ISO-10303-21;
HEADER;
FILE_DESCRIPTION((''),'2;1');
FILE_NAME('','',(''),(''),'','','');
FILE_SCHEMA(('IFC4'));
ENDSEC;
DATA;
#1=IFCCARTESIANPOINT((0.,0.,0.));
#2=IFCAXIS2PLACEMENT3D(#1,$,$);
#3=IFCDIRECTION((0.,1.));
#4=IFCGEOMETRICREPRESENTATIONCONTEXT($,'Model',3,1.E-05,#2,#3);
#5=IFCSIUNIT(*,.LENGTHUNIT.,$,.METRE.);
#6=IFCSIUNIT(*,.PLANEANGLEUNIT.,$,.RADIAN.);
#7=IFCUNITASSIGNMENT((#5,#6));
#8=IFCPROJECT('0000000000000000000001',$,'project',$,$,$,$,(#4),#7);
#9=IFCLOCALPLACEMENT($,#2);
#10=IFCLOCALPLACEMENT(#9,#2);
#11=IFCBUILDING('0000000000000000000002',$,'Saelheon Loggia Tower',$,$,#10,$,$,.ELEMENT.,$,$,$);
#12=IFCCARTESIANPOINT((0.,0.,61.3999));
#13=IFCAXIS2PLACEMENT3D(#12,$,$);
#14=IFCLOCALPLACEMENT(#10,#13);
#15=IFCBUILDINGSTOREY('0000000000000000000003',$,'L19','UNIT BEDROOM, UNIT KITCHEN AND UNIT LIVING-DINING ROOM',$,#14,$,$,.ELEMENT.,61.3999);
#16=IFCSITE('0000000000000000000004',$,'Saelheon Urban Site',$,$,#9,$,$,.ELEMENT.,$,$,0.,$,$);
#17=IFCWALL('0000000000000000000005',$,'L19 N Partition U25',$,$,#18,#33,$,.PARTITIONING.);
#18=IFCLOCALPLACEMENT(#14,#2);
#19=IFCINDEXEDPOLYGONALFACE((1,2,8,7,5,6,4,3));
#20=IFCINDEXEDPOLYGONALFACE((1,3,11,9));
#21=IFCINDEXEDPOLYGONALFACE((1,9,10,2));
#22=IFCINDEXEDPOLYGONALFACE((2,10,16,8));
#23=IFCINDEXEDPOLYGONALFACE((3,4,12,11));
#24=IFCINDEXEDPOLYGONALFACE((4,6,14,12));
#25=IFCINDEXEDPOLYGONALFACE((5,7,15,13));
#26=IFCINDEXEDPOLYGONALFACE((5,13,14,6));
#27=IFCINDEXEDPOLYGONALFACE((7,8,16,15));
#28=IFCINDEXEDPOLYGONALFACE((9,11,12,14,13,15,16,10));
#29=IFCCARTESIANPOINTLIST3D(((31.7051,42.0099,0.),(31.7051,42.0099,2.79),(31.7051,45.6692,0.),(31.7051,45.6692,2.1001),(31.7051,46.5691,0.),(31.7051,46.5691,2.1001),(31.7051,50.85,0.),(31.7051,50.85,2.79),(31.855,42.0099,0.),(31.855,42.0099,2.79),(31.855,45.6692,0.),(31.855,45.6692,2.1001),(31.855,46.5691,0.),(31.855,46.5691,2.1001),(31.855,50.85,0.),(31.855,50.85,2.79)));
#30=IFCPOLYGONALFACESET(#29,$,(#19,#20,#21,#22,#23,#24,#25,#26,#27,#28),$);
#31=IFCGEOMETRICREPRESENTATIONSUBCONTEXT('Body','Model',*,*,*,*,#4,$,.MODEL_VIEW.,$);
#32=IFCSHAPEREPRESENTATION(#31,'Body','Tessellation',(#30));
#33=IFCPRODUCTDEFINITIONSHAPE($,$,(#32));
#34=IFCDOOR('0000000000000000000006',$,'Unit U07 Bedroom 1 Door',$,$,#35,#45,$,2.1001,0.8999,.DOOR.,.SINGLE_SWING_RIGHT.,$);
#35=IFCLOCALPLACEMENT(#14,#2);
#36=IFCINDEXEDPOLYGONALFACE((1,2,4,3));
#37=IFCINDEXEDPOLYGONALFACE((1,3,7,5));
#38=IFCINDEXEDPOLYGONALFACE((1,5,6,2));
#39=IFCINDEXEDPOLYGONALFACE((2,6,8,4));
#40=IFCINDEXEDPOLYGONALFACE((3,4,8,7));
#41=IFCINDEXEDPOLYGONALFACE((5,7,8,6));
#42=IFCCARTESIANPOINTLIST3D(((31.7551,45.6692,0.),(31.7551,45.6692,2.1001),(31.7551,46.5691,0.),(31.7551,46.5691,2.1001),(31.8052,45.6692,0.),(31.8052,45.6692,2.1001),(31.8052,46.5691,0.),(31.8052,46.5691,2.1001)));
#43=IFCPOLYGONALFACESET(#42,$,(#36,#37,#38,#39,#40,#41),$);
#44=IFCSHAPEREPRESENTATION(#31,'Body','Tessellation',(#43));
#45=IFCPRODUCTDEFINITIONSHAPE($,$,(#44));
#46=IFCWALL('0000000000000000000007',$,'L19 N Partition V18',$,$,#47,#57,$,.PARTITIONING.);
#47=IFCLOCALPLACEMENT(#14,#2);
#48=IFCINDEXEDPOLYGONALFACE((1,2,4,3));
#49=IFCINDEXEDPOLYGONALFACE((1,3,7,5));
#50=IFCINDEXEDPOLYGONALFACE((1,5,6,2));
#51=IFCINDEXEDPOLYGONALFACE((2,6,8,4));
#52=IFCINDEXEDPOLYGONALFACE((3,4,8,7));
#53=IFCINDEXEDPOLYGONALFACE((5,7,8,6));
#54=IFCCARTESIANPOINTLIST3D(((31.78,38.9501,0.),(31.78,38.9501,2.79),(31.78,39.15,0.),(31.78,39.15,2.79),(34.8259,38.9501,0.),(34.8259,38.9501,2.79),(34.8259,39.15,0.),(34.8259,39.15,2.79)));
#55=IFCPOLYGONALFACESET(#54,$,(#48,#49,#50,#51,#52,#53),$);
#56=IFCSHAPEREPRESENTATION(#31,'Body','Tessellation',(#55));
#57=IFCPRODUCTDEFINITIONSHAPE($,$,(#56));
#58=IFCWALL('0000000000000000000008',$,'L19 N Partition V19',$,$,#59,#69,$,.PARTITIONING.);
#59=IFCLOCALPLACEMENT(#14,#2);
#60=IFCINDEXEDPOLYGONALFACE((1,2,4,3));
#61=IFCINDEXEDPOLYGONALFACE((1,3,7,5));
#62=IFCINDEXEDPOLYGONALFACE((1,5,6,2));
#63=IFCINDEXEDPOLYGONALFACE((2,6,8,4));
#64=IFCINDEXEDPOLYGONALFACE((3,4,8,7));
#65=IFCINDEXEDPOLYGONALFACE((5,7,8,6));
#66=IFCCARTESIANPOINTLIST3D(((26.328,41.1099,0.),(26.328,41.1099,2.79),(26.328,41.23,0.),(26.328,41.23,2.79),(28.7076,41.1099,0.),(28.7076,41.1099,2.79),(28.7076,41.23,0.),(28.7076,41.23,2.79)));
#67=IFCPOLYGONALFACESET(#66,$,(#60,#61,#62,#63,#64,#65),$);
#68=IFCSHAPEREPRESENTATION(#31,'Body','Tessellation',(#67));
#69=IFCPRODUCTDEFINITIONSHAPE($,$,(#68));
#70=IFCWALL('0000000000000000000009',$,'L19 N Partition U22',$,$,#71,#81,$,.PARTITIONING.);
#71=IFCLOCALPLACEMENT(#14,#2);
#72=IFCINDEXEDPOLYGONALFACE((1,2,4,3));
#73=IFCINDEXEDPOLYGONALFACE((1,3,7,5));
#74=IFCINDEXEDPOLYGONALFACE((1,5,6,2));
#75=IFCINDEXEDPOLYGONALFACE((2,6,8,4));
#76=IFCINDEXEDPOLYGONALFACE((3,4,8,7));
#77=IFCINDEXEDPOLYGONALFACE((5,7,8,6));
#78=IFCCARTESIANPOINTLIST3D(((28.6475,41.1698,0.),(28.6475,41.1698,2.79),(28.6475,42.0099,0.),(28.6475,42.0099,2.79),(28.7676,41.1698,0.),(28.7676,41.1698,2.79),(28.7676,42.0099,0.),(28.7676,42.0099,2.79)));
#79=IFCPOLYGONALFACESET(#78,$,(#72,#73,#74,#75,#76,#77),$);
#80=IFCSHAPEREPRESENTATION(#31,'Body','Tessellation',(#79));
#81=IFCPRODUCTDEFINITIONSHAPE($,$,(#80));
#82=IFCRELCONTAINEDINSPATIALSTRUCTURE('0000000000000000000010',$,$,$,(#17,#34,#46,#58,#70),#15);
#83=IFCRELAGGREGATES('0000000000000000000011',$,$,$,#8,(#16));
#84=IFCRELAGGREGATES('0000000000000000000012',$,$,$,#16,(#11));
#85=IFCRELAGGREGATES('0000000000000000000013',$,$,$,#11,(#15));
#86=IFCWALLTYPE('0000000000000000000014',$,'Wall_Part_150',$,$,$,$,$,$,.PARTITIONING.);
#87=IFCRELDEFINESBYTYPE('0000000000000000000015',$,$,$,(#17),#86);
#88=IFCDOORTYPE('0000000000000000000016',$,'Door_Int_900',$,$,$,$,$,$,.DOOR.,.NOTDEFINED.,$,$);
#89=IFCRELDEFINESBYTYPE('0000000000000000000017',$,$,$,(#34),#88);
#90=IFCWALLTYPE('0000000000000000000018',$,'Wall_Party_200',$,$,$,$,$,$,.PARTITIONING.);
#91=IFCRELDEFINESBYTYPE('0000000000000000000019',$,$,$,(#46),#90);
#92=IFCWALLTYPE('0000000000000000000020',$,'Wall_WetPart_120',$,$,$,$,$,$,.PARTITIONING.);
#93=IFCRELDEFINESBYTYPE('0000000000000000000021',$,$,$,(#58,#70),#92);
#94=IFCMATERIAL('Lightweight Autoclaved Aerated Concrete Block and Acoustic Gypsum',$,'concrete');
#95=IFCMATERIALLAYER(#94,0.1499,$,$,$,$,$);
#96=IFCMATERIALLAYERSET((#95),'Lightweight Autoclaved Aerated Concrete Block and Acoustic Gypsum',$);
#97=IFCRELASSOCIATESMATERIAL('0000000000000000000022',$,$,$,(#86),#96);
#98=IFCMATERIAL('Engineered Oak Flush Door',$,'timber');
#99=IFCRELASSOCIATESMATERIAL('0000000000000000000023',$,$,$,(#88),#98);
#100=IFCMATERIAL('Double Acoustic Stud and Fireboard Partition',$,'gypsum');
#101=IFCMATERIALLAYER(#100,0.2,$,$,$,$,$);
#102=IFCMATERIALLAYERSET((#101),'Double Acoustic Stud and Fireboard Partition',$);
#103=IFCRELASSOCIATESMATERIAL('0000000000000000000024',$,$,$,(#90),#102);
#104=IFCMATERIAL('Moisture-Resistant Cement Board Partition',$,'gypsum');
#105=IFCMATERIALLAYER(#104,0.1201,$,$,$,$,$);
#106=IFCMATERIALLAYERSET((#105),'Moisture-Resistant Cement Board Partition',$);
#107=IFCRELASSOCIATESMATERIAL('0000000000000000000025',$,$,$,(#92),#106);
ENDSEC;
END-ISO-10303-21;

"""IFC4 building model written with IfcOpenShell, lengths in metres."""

from ifc_helpers import new_model, si_unit, direction, frame, frame_2d, origin, place, context, subcontext, project, spatial, rectangle, extrude, source, transform, mapped, material, layer, layer_set, type_object, element, fill, save


model = new_model("IFC4")

# Units and contexts
model_context = context("Model", 3, precision=1e-05, world=origin(), true_north=direction((0.0, 1.0)))
body_context = subcontext(model_context, "Body", "Model", "MODEL_VIEW")
ifc_project = project(units=[si_unit("LENGTHUNIT", "METRE"), si_unit("PLANEANGLEUNIT", "RADIAN")], contexts=[model_context])

# Site, building, storey
site_placement = place(None, origin())
site = spatial("IfcSite", under=ifc_project, at=site_placement, Name="Saelheon Urban Site", CompositionType="ELEMENT", RefElevation=0.0)
building_placement = place(site_placement, origin())
building = spatial("IfcBuilding", under=site, at=building_placement, Name="Saelheon Loggia Tower", CompositionType="ELEMENT")
storey_placement = place(building_placement, frame((0.0, 0.0, 61.3999)))
storey = spatial("IfcBuildingStorey", under=building, at=storey_placement, Name="L19", Description="UNIT BEDROOM, UNIT KITCHEN AND UNIT LIVING-DINING ROOM", CompositionType="ELEMENT", Elevation=61.3999)

# Shared definitions
ifc_material_1 = material(Name="Lightweight Autoclaved Aerated Concrete Block and Acoustic Gypsum", Category="concrete")
ifc_layer_1 = layer(ifc_material_1, 0.1499)
ifc_layer_set_1 = layer_set([ifc_layer_1], Name="Lightweight Autoclaved Aerated Concrete Block and Acoustic Gypsum")
wall_type_1 = type_object("IfcWallType", Name="Wall_Part_150", PredefinedType="PARTITIONING", material=ifc_layer_set_1)

# Wall, opening, door
ifc_material_2 = material(Name="Engineered Oak Flush Door", Category="timber")
door_type = type_object("IfcDoorType", Name="Door_Int_900", OperationType="NOTDEFINED", PredefinedType="DOOR", material=ifc_material_2)
shared_shape_1 = source(origin(), body_context, "Body", "SweptSolid", [
    extrude(rectangle(XDim=0.8999, YDim=2.1001, at=frame_2d((0.45, 1.05))), frame((0.0, 0.0249, 0.0), z_axis=(0.0, -1.0, 0.0), x_axis=(1.0, 0.0, 0.0)), (0.0, 0.0, 1.0), 0.05),
])
wall_1_placement = place(storey_placement, frame((31.78, 42.01, 0.0), z_axis=(0.0, 0.0, 1.0), x_axis=(0.0, 1.0, 0.0)))
wall_1 = element("IfcWall", 1, at=wall_1_placement, inside=storey, type_object=wall_type_1, Name="L19 N Partition U25", PredefinedType="PARTITIONING", context=body_context, shape_type="SweptSolid", body=[
    extrude(rectangle(XDim=8.8401, YDim=0.1499, at=frame_2d((4.4199, 0.0))), origin(), (0.0, 0.0, 1.0), 2.79),
])
opening_1_placement = place(wall_1_placement, frame((3.6592, 0.0, 0.0)))
opening_1 = element("IfcOpeningElement", 2, at=opening_1_placement, cuts=wall_1, PredefinedType="OPENING", context=body_context, shape_type="SweptSolid", body=[
    extrude(rectangle(XDim=0.8999, YDim=2.1001, at=frame_2d((0.45, 1.05))), frame((0.0, 0.0869, 0.0), z_axis=(0.0, -1.0, 0.0), x_axis=(1.0, 0.0, 0.0)), (0.0, 0.0, 1.0), 0.1738),
])
door_1_placement = place(opening_1_placement, origin())
door_1 = element("IfcDoor", 3, at=door_1_placement, inside=storey, type_object=door_type, Name="Unit U07 Bedroom 1 Door", OperationType="SINGLE_SWING_RIGHT", OverallHeight=2.1001, OverallWidth=0.8999, PredefinedType="DOOR", context=body_context, shape_type="MappedRepresentation", body=[
    mapped(shared_shape_1, transform((0.0, 0.0, 0.0), scale=1.0)),
])
fill(opening_1, door_1)

# Walls
ifc_material_3 = material(Name="Double Acoustic Stud and Fireboard Partition", Category="gypsum")
ifc_layer_2 = layer(ifc_material_3, 0.2)
ifc_layer_set_2 = layer_set([ifc_layer_2], Name="Double Acoustic Stud and Fireboard Partition")
wall_type_2 = type_object("IfcWallType", Name="Wall_Party_200", PredefinedType="PARTITIONING", material=ifc_layer_set_2)
wall_2_placement = place(storey_placement, frame((31.78, 39.05, 0.0), z_axis=(0.0, 0.0, 1.0), x_axis=(1.0, 0.0, 0.0)))
element("IfcWall", 4, at=wall_2_placement, inside=storey, type_object=wall_type_2, Name="L19 N Partition V18", PredefinedType="PARTITIONING", context=body_context, shape_type="SweptSolid", body=[
    extrude(rectangle(XDim=3.0459, YDim=0.2, at=frame_2d((1.5229, 0.0))), origin(), (0.0, 0.0, 1.0), 2.79),
])
ifc_material_4 = material(Name="Moisture-Resistant Cement Board Partition", Category="gypsum")
ifc_layer_3 = layer(ifc_material_4, 0.1201)
ifc_layer_set_3 = layer_set([ifc_layer_3], Name="Moisture-Resistant Cement Board Partition")
wall_type_3 = type_object("IfcWallType", Name="Wall_WetPart_120", PredefinedType="PARTITIONING", material=ifc_layer_set_3)
wall_3_placement = place(storey_placement, frame((26.3279, 41.1699, 0.0), z_axis=(0.0, 0.0, 1.0), x_axis=(1.0, 0.0, 0.0)))
element("IfcWall", 5, at=wall_3_placement, inside=storey, type_object=wall_type_3, Name="L19 N Partition V19", PredefinedType="PARTITIONING", context=body_context, shape_type="SweptSolid", body=[
    extrude(rectangle(XDim=2.3796, YDim=0.1201, at=frame_2d((1.1899, 0.0))), origin(), (0.0, 0.0, 1.0), 2.79),
])
wall_4_placement = place(storey_placement, frame((28.7075, 41.1699, 0.0), z_axis=(0.0, 0.0, 1.0), x_axis=(0.0, 1.0, 0.0)))
element("IfcWall", 6, at=wall_4_placement, inside=storey, type_object=wall_type_3, Name="L19 N Partition U22", PredefinedType="PARTITIONING", context=body_context, shape_type="SweptSolid", body=[
    extrude(rectangle(XDim=0.8401, YDim=0.1201, at=frame_2d((0.4199, 0.0))), origin(), (0.0, 0.0, 1.0), 2.79),
])

save(model, "model.ifc")
